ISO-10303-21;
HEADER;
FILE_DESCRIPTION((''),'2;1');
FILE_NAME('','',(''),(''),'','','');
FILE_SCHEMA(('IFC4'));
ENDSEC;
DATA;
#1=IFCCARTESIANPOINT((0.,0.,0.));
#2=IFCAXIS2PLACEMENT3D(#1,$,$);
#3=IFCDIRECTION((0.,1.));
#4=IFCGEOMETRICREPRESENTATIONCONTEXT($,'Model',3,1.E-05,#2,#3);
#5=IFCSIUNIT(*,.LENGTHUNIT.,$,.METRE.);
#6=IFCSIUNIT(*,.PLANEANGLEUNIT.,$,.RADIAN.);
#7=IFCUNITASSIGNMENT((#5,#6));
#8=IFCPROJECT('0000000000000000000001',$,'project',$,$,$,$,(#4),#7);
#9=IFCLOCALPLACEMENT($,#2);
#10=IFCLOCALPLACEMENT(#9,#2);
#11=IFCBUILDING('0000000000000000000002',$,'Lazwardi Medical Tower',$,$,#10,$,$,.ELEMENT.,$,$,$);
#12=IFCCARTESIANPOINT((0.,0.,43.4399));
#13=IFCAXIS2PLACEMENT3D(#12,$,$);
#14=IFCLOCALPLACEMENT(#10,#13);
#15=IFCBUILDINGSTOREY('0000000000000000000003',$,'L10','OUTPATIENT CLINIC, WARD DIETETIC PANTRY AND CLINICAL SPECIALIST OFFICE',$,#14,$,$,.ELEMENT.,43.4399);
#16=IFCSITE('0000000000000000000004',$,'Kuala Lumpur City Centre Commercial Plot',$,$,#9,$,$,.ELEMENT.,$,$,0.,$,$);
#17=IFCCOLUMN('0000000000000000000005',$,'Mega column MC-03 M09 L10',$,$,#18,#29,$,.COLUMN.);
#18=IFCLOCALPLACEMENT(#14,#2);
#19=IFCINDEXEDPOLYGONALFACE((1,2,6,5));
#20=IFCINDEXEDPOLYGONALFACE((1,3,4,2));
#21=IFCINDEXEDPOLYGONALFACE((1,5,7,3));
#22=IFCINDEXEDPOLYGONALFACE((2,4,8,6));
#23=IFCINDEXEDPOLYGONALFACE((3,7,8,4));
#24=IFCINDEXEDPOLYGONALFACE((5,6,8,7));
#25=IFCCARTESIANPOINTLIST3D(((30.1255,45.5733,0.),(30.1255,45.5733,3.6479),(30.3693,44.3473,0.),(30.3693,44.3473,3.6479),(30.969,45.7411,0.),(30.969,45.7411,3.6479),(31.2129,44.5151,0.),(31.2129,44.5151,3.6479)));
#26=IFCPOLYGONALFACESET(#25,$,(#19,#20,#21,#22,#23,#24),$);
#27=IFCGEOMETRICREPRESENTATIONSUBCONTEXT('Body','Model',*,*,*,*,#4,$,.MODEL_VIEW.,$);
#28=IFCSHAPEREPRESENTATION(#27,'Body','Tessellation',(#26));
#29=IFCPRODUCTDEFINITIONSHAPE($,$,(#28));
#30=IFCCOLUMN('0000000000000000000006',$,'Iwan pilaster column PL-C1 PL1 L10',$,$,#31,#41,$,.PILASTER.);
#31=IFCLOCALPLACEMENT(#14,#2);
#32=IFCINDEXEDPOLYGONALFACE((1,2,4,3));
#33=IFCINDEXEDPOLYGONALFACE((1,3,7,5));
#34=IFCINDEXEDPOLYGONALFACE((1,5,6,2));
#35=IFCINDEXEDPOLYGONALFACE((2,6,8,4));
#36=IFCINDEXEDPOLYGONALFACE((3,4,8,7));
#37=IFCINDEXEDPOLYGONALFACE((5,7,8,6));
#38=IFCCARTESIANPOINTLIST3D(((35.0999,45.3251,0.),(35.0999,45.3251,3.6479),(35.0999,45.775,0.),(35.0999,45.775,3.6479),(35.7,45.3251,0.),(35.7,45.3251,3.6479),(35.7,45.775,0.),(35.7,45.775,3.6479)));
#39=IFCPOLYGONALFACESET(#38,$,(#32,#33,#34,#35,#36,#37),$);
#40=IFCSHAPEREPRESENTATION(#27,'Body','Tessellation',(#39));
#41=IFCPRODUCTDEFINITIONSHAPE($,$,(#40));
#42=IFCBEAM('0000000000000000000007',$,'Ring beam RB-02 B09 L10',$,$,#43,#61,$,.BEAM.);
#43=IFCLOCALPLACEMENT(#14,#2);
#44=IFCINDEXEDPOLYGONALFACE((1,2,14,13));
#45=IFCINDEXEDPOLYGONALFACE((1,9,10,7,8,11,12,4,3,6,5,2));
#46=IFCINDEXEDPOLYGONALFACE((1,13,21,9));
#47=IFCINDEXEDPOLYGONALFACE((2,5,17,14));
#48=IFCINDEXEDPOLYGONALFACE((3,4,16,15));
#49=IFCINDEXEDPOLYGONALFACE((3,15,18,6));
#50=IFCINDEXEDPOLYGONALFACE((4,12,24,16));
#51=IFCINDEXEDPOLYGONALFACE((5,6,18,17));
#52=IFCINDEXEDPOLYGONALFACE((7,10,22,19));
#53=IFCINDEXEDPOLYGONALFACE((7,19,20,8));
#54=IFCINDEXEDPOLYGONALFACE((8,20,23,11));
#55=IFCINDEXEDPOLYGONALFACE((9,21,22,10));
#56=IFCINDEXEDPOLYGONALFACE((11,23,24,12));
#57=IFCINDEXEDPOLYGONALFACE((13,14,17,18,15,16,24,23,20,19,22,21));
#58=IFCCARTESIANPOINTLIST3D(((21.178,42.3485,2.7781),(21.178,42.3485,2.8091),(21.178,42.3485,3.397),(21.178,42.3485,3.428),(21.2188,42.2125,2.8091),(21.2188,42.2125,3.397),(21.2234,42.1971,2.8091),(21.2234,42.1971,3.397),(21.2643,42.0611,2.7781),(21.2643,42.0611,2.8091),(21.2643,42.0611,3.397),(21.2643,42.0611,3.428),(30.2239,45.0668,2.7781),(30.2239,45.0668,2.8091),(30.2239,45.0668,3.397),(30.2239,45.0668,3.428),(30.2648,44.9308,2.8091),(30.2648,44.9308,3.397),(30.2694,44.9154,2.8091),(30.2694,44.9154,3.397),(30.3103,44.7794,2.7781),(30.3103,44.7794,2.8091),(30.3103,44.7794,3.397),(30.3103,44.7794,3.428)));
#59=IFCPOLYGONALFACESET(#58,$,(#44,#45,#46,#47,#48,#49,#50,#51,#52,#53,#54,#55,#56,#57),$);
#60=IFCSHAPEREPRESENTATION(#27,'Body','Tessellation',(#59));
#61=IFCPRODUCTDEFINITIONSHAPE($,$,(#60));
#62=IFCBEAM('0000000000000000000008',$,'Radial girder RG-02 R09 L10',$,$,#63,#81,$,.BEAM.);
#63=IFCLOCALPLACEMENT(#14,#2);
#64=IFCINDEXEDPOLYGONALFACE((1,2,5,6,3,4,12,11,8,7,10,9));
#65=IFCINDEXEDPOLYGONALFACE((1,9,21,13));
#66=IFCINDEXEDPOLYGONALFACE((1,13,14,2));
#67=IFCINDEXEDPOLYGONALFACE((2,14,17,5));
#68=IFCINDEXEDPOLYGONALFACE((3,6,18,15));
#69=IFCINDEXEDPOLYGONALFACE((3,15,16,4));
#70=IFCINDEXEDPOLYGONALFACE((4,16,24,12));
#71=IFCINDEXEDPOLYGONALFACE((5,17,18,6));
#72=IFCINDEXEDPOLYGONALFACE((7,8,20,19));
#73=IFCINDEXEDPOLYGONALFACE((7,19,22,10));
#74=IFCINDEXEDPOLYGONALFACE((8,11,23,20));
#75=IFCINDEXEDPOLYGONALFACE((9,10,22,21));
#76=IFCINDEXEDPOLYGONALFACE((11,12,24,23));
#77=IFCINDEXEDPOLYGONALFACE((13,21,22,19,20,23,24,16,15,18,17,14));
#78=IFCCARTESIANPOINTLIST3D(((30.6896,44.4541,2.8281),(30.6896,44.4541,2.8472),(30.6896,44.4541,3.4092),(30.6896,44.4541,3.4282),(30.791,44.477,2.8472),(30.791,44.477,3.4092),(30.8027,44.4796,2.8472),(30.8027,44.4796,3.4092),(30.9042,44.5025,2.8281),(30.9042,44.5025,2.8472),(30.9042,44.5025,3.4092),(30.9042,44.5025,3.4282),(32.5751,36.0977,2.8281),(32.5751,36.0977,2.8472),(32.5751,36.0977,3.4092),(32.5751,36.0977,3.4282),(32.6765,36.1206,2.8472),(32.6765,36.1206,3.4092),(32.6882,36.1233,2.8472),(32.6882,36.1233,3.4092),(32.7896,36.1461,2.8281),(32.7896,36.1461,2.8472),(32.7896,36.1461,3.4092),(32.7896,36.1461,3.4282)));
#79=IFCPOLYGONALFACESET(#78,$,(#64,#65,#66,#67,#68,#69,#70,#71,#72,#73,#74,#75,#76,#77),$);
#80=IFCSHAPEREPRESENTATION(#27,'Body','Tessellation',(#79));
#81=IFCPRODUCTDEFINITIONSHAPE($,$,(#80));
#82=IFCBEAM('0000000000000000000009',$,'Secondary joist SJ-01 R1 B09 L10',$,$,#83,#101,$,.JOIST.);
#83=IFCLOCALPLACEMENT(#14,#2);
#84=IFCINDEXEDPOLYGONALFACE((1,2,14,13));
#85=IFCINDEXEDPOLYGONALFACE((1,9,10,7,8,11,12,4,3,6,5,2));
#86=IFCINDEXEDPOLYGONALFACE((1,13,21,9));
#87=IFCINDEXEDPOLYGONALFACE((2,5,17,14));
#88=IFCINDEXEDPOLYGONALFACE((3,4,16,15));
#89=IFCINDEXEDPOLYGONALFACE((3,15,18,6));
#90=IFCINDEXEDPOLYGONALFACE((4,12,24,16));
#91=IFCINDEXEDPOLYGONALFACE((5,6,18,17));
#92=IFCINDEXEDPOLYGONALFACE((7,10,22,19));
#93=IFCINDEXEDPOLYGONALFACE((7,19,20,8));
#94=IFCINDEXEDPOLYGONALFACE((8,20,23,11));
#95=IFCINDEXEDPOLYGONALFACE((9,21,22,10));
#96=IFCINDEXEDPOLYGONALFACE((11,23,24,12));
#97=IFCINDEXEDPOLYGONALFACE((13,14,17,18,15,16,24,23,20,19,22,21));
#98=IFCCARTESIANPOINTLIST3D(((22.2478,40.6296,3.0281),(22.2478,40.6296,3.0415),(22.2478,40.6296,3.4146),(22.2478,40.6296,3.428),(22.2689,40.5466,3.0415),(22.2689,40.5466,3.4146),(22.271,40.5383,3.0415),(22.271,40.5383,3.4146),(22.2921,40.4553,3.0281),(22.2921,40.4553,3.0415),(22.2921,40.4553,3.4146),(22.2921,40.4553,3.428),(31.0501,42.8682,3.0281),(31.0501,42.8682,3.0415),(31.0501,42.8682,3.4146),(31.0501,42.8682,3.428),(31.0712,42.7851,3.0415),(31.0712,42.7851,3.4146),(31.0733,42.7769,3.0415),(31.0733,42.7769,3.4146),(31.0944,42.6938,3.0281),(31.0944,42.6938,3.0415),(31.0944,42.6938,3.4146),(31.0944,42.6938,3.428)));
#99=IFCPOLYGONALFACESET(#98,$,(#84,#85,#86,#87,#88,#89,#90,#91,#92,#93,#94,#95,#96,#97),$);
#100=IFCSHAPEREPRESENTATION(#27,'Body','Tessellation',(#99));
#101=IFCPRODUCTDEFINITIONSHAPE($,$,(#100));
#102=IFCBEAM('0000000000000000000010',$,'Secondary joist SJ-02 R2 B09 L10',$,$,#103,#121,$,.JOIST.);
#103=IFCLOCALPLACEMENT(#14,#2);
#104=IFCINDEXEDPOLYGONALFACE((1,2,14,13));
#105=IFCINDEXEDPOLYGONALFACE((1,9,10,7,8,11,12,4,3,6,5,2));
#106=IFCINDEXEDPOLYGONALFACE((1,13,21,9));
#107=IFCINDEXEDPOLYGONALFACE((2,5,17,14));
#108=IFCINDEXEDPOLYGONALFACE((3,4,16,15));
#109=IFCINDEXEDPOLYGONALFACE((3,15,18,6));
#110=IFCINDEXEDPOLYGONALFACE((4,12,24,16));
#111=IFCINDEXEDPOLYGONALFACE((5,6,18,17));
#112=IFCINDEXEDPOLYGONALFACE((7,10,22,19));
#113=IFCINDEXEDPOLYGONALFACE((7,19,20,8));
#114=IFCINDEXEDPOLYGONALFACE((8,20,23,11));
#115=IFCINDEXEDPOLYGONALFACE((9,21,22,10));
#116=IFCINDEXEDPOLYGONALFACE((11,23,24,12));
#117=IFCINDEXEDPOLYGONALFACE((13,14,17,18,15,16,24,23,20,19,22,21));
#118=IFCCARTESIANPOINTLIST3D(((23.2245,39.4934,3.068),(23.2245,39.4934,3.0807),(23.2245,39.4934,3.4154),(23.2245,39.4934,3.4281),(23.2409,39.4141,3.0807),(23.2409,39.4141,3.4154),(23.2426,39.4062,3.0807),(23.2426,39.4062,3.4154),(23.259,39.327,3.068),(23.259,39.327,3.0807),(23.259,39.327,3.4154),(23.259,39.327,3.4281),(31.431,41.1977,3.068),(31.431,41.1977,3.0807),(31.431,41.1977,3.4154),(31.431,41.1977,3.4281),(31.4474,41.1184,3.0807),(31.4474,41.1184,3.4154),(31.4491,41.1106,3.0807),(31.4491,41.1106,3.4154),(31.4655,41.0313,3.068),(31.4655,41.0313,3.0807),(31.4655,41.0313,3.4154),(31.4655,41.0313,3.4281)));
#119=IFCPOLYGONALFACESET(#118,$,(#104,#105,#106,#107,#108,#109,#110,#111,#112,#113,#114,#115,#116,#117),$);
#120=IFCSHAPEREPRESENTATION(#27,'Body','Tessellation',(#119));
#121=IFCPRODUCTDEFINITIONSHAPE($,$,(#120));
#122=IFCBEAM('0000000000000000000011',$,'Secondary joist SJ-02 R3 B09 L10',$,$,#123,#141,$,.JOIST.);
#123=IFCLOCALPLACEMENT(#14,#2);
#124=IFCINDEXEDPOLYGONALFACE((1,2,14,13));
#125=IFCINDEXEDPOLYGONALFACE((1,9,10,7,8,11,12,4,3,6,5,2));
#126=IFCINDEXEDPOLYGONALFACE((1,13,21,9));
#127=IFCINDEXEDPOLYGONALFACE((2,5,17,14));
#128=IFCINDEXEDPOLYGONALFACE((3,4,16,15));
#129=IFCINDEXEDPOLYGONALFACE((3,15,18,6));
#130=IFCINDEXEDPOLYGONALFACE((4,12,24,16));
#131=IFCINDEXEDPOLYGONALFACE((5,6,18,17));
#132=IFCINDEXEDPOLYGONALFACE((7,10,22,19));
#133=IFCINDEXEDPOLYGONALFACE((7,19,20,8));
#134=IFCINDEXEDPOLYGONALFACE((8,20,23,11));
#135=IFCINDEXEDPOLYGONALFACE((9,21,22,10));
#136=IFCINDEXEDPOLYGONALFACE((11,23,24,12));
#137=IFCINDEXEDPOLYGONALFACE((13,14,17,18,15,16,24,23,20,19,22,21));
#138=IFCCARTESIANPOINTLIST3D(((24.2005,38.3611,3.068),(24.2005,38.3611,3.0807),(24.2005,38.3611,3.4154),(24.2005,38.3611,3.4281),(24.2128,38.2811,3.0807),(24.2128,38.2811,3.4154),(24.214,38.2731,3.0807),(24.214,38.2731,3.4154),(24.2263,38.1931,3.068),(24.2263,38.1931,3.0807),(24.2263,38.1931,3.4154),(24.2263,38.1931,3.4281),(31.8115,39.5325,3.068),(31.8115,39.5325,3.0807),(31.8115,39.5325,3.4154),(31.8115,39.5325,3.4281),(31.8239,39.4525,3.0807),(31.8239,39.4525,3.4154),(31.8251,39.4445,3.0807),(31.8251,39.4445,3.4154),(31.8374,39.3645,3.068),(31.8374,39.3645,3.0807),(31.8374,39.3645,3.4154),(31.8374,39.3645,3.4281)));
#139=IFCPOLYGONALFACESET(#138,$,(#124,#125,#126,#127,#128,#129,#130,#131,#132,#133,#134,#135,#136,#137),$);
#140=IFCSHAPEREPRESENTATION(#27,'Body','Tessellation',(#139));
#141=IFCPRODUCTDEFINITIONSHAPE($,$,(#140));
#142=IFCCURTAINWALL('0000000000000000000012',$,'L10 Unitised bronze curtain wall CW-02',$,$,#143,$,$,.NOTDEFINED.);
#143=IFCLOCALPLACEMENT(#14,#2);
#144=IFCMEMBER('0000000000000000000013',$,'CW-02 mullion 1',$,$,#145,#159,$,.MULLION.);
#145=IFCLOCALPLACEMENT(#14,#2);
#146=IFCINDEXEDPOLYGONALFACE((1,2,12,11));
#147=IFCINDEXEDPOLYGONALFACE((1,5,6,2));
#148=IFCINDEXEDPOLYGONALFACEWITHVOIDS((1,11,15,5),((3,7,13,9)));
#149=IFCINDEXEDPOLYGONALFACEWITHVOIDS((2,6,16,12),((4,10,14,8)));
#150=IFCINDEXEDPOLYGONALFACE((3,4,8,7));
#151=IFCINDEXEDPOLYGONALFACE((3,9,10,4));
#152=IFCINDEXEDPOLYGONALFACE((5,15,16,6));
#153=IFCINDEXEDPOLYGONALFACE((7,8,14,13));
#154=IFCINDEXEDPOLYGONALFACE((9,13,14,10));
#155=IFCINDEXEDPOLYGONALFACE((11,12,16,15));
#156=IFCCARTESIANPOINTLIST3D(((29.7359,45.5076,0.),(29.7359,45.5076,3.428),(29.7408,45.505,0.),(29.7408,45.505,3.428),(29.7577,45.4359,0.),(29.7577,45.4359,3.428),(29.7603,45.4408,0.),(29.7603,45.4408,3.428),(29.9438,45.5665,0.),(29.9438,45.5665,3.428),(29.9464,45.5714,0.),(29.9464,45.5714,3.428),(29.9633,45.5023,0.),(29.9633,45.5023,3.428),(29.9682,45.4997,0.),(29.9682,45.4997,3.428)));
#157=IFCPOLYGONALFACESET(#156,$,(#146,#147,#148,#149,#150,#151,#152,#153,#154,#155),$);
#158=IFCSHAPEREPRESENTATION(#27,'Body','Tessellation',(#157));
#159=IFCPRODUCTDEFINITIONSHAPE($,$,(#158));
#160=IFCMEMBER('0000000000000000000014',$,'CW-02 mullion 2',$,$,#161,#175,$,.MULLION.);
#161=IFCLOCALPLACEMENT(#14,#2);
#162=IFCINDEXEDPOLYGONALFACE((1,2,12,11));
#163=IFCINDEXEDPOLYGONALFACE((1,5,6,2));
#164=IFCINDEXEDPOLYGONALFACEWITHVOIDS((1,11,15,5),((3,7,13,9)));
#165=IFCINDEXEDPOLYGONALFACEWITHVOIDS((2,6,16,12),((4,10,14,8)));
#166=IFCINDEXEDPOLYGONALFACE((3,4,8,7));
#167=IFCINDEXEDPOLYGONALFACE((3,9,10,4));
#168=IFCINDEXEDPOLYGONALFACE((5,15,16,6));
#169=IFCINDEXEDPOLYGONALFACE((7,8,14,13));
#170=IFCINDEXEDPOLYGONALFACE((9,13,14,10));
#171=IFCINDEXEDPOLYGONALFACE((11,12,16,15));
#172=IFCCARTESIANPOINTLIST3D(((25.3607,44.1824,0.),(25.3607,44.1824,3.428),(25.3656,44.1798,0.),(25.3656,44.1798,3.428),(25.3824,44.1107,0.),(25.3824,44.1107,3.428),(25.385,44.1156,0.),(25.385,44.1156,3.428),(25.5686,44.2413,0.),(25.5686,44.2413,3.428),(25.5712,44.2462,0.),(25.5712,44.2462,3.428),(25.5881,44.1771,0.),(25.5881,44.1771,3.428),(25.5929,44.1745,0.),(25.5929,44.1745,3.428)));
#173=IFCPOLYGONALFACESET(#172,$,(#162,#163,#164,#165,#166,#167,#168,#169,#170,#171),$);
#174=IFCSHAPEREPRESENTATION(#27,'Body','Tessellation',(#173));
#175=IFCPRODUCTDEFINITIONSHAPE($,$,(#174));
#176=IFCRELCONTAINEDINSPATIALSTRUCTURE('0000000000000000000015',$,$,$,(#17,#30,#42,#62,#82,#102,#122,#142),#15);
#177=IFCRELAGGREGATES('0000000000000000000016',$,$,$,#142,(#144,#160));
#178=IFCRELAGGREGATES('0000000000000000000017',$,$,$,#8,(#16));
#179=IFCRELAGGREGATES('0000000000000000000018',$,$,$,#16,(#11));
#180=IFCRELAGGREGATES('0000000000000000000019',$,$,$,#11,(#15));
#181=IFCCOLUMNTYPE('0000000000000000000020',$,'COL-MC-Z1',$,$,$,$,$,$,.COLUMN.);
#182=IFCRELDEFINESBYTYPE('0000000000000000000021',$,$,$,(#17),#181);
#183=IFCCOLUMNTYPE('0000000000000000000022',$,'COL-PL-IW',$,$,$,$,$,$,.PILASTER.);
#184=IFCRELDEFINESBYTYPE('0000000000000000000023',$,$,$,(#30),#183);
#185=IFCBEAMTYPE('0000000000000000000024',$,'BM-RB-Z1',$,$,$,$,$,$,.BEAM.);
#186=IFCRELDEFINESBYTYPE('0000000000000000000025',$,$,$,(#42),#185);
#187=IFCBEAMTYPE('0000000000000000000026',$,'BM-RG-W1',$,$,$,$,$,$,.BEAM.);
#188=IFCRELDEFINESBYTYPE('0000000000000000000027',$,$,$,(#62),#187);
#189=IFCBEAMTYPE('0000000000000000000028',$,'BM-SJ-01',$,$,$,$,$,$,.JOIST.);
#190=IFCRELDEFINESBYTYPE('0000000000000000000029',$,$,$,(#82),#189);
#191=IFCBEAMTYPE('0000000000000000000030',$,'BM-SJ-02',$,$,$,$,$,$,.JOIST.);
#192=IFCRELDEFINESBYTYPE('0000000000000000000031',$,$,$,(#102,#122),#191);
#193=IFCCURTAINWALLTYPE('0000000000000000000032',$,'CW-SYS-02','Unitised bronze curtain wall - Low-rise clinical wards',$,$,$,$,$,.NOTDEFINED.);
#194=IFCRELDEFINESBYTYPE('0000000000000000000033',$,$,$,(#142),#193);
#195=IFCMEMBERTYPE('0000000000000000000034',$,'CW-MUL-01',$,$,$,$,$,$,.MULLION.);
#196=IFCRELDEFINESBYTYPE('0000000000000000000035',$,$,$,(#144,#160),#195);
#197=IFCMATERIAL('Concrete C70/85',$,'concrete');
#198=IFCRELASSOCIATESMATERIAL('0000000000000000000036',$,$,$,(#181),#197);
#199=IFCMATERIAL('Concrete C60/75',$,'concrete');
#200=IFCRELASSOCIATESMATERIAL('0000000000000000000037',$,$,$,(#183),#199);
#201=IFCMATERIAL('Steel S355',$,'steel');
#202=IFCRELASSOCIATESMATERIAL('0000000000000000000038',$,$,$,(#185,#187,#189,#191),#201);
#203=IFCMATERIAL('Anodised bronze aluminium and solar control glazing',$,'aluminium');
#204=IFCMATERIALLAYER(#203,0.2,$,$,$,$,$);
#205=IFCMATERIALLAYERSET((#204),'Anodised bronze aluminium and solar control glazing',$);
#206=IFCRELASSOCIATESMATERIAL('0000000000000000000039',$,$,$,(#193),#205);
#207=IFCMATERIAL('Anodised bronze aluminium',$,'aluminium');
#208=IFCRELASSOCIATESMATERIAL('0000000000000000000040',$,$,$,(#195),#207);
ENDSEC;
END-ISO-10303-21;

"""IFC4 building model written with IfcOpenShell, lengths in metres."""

from ifc_helpers import new_model, si_unit, direction, frame, origin, origin_2d, place, context, subcontext, project, spatial, rectangle, hollow_rectangle, i_section, extrude, material, layer, layer_set, material_profile, profile_set, type_object, element, aggregate, save


model = new_model("IFC4")

# Units and contexts
model_context = context("Model", 3, precision=1e-05, world=origin(), true_north=direction((0.0, 1.0)))
body_context = subcontext(model_context, "Body", "Model", "MODEL_VIEW")
ifc_project = project(units=[si_unit("LENGTHUNIT", "METRE"), si_unit("PLANEANGLEUNIT", "RADIAN")], contexts=[model_context])

# Site, building, storey
site_placement = place(None, origin())
site = spatial("IfcSite", under=ifc_project, at=site_placement, Name="Kuala Lumpur City Centre Commercial Plot", CompositionType="ELEMENT", RefElevation=0.0)
building_placement = place(site_placement, origin())
building = spatial("IfcBuilding", under=site, at=building_placement, Name="Lazwardi Medical Tower", CompositionType="ELEMENT")
storey_placement = place(building_placement, frame((0.0, 0.0, 43.4399)))
storey = spatial("IfcBuildingStorey", under=building, at=storey_placement, Name="L10", Description="OUTPATIENT CLINIC, WARD DIETETIC PANTRY AND CLINICAL SPECIALIST OFFICE", CompositionType="ELEMENT", Elevation=43.4399)

# Columns
ifc_material_1 = material(Name="Concrete C70/85", Category="concrete")
ifc_material_profile_1 = material_profile(ifc_material_1, rectangle(XDim=1.25, YDim=0.8601, at=origin_2d()), Name="CFT-RECT 1250x860")
ifc_profile_set_1 = profile_set([ifc_material_profile_1], Name="Concrete C70/85")
column_type_1 = type_object("IfcColumnType", Name="COL-MC-Z1", PredefinedType="COLUMN", material=ifc_profile_set_1)
column_1_placement = place(storey_placement, frame((30.6692, 45.0442, 0.0), z_axis=(0.0, 0.0, 1.0), x_axis=(-0.19509, 0.980785, 0.0)))
element("IfcColumn", 1, at=column_1_placement, inside=storey, type_object=column_type_1, Name="Mega column MC-03 M09 L10", PredefinedType="COLUMN", context=body_context, shape_type="SweptSolid", body=[
    extrude(rectangle(XDim=1.25, YDim=0.8601, at=origin_2d()), origin(), (0.0, 0.0, 1.0), 3.6479),
])
ifc_material_2 = material(Name="Concrete C60/75", Category="concrete")
ifc_material_profile_2 = material_profile(ifc_material_2, rectangle(XDim=0.6001, YDim=0.45, at=origin_2d()), Name="RC 600x450")
ifc_profile_set_2 = profile_set([ifc_material_profile_2], Name="Concrete C60/75")
column_type_2 = type_object("IfcColumnType", Name="COL-PL-IW", PredefinedType="PILASTER", material=ifc_profile_set_2)
column_2_placement = place(storey_placement, frame((35.3999, 45.55, 0.0), z_axis=(0.0, 0.0, 1.0), x_axis=(1.0, 0.0, 0.0)))
element("IfcColumn", 2, at=column_2_placement, inside=storey, type_object=column_type_2, Name="Iwan pilaster column PL-C1 PL1 L10", PredefinedType="PILASTER", context=body_context, shape_type="SweptSolid", body=[
    extrude(rectangle(XDim=0.6001, YDim=0.45, at=origin_2d()), origin(), (0.0, 0.0, 1.0), 3.6479),
])

# Beams
ifc_material_3 = material(Name="Steel S355", Category="steel")
ifc_material_profile_3 = material_profile(ifc_material_3, i_section(OverallWidth=0.3, OverallDepth=0.6499, WebThickness=0.0161, FlangeThickness=0.031, at=origin_2d()), Name="HEB 650")
ifc_profile_set_3 = profile_set([ifc_material_profile_3], Name="Steel S355")
beam_type_1 = type_object("IfcBeamType", Name="BM-RB-Z1", PredefinedType="BEAM", material=ifc_profile_set_3)
beam_1_placement = place(storey_placement, frame((30.2671, 44.9231, 3.103), z_axis=(-0.957695, -0.287784, 0.0), x_axis=(0.287784, -0.957695, 0.0)))
element("IfcBeam", 3, at=beam_1_placement, inside=storey, type_object=beam_type_1, Name="Ring beam RB-02 B09 L10", PredefinedType="BEAM", context=body_context, shape_type="SweptSolid", body=[
    extrude(i_section(OverallWidth=0.3, OverallDepth=0.6499, WebThickness=0.0161, FlangeThickness=0.031, at=origin_2d()), origin(), (0.0, 0.0, 1.0), 9.4456),
])
ifc_material_profile_4 = material_profile(ifc_material_3, i_section(OverallWidth=0.22, OverallDepth=0.6001, WebThickness=0.012, FlangeThickness=0.019, at=origin_2d()), Name="IPE 600")
ifc_profile_set_4 = profile_set([ifc_material_profile_4], Name="Steel S355")
beam_type_2 = type_object("IfcBeamType", Name="BM-RG-W1", PredefinedType="BEAM", material=ifc_profile_set_4)
beam_2_placement = place(storey_placement, frame((30.7969, 44.4783, 3.1282), z_axis=(0.220101, -0.975477, 0.0), x_axis=(0.975477, 0.220101, 0.0)))
element("IfcBeam", 4, at=beam_2_placement, inside=storey, type_object=beam_type_2, Name="Radial girder RG-02 R09 L10", PredefinedType="BEAM", context=body_context, shape_type="SweptSolid", body=[
    extrude(i_section(OverallWidth=0.22, OverallDepth=0.6001, WebThickness=0.012, FlangeThickness=0.019, at=origin_2d()), origin(), (0.0, 0.0, 1.0), 8.5664),
])
ifc_material_profile_5 = material_profile(ifc_material_3, i_section(OverallWidth=0.1799, OverallDepth=0.3999, WebThickness=0.0085, FlangeThickness=0.0134, at=origin_2d()), Name="IPE 400")
ifc_profile_set_5 = profile_set([ifc_material_profile_5], Name="Steel S355")
beam_type_3 = type_object("IfcBeamType", Name="BM-SJ-01", PredefinedType="JOIST", material=ifc_profile_set_5)
beam_3_placement = place(storey_placement, frame((31.0723, 42.781, 3.228), z_axis=(-0.969151, -0.246468, 0.0), x_axis=(0.246468, -0.969151, 0.0)))
element("IfcBeam", 5, at=beam_3_placement, inside=storey, type_object=beam_type_3, Name="Secondary joist SJ-01 R1 B09 L10", PredefinedType="JOIST", context=body_context, shape_type="SweptSolid", body=[
    extrude(i_section(OverallWidth=0.1799, OverallDepth=0.3999, WebThickness=0.0085, FlangeThickness=0.0134, at=origin_2d()), origin(), (0.0, 0.0, 1.0), 9.0825),
])
ifc_material_profile_6 = material_profile(ifc_material_3, i_section(OverallWidth=0.1699, OverallDepth=0.3601, WebThickness=0.0081, FlangeThickness=0.0127, at=origin_2d()), Name="IPE 360")
ifc_profile_set_6 = profile_set([ifc_material_profile_6], Name="Steel S355")
beam_type_4 = type_object("IfcBeamType", Name="BM-SJ-02", PredefinedType="JOIST", material=ifc_profile_set_6)
beam_4_placement = place(storey_placement, frame((31.4482, 41.1145, 3.248), z_axis=(-0.979108, -0.203342, 0.0), x_axis=(0.203342, -0.979108, 0.0)))
element("IfcBeam", 6, at=beam_4_placement, inside=storey, type_object=beam_type_4, Name="Secondary joist SJ-02 R2 B09 L10", PredefinedType="JOIST", context=body_context, shape_type="SweptSolid", body=[
    extrude(i_section(OverallWidth=0.1699, OverallDepth=0.3601, WebThickness=0.0081, FlangeThickness=0.0127, at=origin_2d()), origin(), (0.0, 0.0, 1.0), 8.3816),
])
beam_5_placement = place(storey_placement, frame((31.8245, 39.4485, 3.248), z_axis=(-0.988363, -0.152114, 0.0), x_axis=(0.152114, -0.988363, 0.0)))
element("IfcBeam", 7, at=beam_5_placement, inside=storey, type_object=beam_type_4, Name="Secondary joist SJ-02 R3 B09 L10", PredefinedType="JOIST", context=body_context, shape_type="SweptSolid", body=[
    extrude(i_section(OverallWidth=0.1699, OverallDepth=0.3601, WebThickness=0.0081, FlangeThickness=0.0127, at=origin_2d()), origin(), (0.0, 0.0, 1.0), 7.7007),
])

# Curtain wall, members
ifc_material_4 = material(Name="Anodised bronze aluminium and solar control glazing", Category="aluminium")
ifc_layer_1 = layer(ifc_material_4, 0.2)
ifc_layer_set_1 = layer_set([ifc_layer_1], Name="Anodised bronze aluminium and solar control glazing")
curtain_wall_type_1 = type_object("IfcCurtainWallType", Name="CW-SYS-02", Description="Unitised bronze curtain wall - Low-rise clinical wards", PredefinedType="NOTDEFINED", material=ifc_layer_set_1)
curtain_wall_1_placement = place(storey_placement, origin())
curtain_wall_1 = element("IfcCurtainWall", 8, at=curtain_wall_1_placement, inside=storey, type_object=curtain_wall_type_1, Name="L10 Unitised bronze curtain wall CW-02", PredefinedType="NOTDEFINED")
ifc_material_5 = material(Name="Anodised bronze aluminium", Category="aluminium")
ifc_material_profile_7 = material_profile(ifc_material_5, hollow_rectangle(XDim=0.075, YDim=0.22, WallThickness=0.0039, at=origin_2d()), Name="ALU-MULLION 220x75x4")
ifc_profile_set_7 = profile_set([ifc_material_profile_7], Name="Anodised bronze aluminium")
member_type_1 = type_object("IfcMemberType", Name="CW-MUL-01", PredefinedType="MULLION", material=ifc_profile_set_7)
member_1_placement = place(storey_placement, frame((29.8521, 45.5037, 0.0), z_axis=(0.0, 0.0, 1.0), x_axis=(0.289896, -0.957058, 0.0)))
member_1 = element("IfcMember", 9, at=member_1_placement, type_object=member_type_1, Name="CW-02 mullion 1", PredefinedType="MULLION", context=body_context, shape_type="SweptSolid", body=[
    extrude(hollow_rectangle(XDim=0.075, YDim=0.22, WallThickness=0.0039, at=origin_2d()), origin(), (0.0, 0.0, 1.0), 3.428),
])
member_2_placement = place(storey_placement, frame((25.4768, 44.1785, 0.0), z_axis=(0.0, 0.0, 1.0), x_axis=(0.289896, -0.957058, 0.0)))
member_2 = element("IfcMember", 10, at=member_2_placement, type_object=member_type_1, Name="CW-02 mullion 2", PredefinedType="MULLION", context=body_context, shape_type="SweptSolid", body=[
    extrude(hollow_rectangle(XDim=0.075, YDim=0.22, WallThickness=0.0039, at=origin_2d()), origin(), (0.0, 0.0, 1.0), 3.428),
])

aggregate(curtain_wall_1, [member_1, member_2])

save(model, "model.ifc")
